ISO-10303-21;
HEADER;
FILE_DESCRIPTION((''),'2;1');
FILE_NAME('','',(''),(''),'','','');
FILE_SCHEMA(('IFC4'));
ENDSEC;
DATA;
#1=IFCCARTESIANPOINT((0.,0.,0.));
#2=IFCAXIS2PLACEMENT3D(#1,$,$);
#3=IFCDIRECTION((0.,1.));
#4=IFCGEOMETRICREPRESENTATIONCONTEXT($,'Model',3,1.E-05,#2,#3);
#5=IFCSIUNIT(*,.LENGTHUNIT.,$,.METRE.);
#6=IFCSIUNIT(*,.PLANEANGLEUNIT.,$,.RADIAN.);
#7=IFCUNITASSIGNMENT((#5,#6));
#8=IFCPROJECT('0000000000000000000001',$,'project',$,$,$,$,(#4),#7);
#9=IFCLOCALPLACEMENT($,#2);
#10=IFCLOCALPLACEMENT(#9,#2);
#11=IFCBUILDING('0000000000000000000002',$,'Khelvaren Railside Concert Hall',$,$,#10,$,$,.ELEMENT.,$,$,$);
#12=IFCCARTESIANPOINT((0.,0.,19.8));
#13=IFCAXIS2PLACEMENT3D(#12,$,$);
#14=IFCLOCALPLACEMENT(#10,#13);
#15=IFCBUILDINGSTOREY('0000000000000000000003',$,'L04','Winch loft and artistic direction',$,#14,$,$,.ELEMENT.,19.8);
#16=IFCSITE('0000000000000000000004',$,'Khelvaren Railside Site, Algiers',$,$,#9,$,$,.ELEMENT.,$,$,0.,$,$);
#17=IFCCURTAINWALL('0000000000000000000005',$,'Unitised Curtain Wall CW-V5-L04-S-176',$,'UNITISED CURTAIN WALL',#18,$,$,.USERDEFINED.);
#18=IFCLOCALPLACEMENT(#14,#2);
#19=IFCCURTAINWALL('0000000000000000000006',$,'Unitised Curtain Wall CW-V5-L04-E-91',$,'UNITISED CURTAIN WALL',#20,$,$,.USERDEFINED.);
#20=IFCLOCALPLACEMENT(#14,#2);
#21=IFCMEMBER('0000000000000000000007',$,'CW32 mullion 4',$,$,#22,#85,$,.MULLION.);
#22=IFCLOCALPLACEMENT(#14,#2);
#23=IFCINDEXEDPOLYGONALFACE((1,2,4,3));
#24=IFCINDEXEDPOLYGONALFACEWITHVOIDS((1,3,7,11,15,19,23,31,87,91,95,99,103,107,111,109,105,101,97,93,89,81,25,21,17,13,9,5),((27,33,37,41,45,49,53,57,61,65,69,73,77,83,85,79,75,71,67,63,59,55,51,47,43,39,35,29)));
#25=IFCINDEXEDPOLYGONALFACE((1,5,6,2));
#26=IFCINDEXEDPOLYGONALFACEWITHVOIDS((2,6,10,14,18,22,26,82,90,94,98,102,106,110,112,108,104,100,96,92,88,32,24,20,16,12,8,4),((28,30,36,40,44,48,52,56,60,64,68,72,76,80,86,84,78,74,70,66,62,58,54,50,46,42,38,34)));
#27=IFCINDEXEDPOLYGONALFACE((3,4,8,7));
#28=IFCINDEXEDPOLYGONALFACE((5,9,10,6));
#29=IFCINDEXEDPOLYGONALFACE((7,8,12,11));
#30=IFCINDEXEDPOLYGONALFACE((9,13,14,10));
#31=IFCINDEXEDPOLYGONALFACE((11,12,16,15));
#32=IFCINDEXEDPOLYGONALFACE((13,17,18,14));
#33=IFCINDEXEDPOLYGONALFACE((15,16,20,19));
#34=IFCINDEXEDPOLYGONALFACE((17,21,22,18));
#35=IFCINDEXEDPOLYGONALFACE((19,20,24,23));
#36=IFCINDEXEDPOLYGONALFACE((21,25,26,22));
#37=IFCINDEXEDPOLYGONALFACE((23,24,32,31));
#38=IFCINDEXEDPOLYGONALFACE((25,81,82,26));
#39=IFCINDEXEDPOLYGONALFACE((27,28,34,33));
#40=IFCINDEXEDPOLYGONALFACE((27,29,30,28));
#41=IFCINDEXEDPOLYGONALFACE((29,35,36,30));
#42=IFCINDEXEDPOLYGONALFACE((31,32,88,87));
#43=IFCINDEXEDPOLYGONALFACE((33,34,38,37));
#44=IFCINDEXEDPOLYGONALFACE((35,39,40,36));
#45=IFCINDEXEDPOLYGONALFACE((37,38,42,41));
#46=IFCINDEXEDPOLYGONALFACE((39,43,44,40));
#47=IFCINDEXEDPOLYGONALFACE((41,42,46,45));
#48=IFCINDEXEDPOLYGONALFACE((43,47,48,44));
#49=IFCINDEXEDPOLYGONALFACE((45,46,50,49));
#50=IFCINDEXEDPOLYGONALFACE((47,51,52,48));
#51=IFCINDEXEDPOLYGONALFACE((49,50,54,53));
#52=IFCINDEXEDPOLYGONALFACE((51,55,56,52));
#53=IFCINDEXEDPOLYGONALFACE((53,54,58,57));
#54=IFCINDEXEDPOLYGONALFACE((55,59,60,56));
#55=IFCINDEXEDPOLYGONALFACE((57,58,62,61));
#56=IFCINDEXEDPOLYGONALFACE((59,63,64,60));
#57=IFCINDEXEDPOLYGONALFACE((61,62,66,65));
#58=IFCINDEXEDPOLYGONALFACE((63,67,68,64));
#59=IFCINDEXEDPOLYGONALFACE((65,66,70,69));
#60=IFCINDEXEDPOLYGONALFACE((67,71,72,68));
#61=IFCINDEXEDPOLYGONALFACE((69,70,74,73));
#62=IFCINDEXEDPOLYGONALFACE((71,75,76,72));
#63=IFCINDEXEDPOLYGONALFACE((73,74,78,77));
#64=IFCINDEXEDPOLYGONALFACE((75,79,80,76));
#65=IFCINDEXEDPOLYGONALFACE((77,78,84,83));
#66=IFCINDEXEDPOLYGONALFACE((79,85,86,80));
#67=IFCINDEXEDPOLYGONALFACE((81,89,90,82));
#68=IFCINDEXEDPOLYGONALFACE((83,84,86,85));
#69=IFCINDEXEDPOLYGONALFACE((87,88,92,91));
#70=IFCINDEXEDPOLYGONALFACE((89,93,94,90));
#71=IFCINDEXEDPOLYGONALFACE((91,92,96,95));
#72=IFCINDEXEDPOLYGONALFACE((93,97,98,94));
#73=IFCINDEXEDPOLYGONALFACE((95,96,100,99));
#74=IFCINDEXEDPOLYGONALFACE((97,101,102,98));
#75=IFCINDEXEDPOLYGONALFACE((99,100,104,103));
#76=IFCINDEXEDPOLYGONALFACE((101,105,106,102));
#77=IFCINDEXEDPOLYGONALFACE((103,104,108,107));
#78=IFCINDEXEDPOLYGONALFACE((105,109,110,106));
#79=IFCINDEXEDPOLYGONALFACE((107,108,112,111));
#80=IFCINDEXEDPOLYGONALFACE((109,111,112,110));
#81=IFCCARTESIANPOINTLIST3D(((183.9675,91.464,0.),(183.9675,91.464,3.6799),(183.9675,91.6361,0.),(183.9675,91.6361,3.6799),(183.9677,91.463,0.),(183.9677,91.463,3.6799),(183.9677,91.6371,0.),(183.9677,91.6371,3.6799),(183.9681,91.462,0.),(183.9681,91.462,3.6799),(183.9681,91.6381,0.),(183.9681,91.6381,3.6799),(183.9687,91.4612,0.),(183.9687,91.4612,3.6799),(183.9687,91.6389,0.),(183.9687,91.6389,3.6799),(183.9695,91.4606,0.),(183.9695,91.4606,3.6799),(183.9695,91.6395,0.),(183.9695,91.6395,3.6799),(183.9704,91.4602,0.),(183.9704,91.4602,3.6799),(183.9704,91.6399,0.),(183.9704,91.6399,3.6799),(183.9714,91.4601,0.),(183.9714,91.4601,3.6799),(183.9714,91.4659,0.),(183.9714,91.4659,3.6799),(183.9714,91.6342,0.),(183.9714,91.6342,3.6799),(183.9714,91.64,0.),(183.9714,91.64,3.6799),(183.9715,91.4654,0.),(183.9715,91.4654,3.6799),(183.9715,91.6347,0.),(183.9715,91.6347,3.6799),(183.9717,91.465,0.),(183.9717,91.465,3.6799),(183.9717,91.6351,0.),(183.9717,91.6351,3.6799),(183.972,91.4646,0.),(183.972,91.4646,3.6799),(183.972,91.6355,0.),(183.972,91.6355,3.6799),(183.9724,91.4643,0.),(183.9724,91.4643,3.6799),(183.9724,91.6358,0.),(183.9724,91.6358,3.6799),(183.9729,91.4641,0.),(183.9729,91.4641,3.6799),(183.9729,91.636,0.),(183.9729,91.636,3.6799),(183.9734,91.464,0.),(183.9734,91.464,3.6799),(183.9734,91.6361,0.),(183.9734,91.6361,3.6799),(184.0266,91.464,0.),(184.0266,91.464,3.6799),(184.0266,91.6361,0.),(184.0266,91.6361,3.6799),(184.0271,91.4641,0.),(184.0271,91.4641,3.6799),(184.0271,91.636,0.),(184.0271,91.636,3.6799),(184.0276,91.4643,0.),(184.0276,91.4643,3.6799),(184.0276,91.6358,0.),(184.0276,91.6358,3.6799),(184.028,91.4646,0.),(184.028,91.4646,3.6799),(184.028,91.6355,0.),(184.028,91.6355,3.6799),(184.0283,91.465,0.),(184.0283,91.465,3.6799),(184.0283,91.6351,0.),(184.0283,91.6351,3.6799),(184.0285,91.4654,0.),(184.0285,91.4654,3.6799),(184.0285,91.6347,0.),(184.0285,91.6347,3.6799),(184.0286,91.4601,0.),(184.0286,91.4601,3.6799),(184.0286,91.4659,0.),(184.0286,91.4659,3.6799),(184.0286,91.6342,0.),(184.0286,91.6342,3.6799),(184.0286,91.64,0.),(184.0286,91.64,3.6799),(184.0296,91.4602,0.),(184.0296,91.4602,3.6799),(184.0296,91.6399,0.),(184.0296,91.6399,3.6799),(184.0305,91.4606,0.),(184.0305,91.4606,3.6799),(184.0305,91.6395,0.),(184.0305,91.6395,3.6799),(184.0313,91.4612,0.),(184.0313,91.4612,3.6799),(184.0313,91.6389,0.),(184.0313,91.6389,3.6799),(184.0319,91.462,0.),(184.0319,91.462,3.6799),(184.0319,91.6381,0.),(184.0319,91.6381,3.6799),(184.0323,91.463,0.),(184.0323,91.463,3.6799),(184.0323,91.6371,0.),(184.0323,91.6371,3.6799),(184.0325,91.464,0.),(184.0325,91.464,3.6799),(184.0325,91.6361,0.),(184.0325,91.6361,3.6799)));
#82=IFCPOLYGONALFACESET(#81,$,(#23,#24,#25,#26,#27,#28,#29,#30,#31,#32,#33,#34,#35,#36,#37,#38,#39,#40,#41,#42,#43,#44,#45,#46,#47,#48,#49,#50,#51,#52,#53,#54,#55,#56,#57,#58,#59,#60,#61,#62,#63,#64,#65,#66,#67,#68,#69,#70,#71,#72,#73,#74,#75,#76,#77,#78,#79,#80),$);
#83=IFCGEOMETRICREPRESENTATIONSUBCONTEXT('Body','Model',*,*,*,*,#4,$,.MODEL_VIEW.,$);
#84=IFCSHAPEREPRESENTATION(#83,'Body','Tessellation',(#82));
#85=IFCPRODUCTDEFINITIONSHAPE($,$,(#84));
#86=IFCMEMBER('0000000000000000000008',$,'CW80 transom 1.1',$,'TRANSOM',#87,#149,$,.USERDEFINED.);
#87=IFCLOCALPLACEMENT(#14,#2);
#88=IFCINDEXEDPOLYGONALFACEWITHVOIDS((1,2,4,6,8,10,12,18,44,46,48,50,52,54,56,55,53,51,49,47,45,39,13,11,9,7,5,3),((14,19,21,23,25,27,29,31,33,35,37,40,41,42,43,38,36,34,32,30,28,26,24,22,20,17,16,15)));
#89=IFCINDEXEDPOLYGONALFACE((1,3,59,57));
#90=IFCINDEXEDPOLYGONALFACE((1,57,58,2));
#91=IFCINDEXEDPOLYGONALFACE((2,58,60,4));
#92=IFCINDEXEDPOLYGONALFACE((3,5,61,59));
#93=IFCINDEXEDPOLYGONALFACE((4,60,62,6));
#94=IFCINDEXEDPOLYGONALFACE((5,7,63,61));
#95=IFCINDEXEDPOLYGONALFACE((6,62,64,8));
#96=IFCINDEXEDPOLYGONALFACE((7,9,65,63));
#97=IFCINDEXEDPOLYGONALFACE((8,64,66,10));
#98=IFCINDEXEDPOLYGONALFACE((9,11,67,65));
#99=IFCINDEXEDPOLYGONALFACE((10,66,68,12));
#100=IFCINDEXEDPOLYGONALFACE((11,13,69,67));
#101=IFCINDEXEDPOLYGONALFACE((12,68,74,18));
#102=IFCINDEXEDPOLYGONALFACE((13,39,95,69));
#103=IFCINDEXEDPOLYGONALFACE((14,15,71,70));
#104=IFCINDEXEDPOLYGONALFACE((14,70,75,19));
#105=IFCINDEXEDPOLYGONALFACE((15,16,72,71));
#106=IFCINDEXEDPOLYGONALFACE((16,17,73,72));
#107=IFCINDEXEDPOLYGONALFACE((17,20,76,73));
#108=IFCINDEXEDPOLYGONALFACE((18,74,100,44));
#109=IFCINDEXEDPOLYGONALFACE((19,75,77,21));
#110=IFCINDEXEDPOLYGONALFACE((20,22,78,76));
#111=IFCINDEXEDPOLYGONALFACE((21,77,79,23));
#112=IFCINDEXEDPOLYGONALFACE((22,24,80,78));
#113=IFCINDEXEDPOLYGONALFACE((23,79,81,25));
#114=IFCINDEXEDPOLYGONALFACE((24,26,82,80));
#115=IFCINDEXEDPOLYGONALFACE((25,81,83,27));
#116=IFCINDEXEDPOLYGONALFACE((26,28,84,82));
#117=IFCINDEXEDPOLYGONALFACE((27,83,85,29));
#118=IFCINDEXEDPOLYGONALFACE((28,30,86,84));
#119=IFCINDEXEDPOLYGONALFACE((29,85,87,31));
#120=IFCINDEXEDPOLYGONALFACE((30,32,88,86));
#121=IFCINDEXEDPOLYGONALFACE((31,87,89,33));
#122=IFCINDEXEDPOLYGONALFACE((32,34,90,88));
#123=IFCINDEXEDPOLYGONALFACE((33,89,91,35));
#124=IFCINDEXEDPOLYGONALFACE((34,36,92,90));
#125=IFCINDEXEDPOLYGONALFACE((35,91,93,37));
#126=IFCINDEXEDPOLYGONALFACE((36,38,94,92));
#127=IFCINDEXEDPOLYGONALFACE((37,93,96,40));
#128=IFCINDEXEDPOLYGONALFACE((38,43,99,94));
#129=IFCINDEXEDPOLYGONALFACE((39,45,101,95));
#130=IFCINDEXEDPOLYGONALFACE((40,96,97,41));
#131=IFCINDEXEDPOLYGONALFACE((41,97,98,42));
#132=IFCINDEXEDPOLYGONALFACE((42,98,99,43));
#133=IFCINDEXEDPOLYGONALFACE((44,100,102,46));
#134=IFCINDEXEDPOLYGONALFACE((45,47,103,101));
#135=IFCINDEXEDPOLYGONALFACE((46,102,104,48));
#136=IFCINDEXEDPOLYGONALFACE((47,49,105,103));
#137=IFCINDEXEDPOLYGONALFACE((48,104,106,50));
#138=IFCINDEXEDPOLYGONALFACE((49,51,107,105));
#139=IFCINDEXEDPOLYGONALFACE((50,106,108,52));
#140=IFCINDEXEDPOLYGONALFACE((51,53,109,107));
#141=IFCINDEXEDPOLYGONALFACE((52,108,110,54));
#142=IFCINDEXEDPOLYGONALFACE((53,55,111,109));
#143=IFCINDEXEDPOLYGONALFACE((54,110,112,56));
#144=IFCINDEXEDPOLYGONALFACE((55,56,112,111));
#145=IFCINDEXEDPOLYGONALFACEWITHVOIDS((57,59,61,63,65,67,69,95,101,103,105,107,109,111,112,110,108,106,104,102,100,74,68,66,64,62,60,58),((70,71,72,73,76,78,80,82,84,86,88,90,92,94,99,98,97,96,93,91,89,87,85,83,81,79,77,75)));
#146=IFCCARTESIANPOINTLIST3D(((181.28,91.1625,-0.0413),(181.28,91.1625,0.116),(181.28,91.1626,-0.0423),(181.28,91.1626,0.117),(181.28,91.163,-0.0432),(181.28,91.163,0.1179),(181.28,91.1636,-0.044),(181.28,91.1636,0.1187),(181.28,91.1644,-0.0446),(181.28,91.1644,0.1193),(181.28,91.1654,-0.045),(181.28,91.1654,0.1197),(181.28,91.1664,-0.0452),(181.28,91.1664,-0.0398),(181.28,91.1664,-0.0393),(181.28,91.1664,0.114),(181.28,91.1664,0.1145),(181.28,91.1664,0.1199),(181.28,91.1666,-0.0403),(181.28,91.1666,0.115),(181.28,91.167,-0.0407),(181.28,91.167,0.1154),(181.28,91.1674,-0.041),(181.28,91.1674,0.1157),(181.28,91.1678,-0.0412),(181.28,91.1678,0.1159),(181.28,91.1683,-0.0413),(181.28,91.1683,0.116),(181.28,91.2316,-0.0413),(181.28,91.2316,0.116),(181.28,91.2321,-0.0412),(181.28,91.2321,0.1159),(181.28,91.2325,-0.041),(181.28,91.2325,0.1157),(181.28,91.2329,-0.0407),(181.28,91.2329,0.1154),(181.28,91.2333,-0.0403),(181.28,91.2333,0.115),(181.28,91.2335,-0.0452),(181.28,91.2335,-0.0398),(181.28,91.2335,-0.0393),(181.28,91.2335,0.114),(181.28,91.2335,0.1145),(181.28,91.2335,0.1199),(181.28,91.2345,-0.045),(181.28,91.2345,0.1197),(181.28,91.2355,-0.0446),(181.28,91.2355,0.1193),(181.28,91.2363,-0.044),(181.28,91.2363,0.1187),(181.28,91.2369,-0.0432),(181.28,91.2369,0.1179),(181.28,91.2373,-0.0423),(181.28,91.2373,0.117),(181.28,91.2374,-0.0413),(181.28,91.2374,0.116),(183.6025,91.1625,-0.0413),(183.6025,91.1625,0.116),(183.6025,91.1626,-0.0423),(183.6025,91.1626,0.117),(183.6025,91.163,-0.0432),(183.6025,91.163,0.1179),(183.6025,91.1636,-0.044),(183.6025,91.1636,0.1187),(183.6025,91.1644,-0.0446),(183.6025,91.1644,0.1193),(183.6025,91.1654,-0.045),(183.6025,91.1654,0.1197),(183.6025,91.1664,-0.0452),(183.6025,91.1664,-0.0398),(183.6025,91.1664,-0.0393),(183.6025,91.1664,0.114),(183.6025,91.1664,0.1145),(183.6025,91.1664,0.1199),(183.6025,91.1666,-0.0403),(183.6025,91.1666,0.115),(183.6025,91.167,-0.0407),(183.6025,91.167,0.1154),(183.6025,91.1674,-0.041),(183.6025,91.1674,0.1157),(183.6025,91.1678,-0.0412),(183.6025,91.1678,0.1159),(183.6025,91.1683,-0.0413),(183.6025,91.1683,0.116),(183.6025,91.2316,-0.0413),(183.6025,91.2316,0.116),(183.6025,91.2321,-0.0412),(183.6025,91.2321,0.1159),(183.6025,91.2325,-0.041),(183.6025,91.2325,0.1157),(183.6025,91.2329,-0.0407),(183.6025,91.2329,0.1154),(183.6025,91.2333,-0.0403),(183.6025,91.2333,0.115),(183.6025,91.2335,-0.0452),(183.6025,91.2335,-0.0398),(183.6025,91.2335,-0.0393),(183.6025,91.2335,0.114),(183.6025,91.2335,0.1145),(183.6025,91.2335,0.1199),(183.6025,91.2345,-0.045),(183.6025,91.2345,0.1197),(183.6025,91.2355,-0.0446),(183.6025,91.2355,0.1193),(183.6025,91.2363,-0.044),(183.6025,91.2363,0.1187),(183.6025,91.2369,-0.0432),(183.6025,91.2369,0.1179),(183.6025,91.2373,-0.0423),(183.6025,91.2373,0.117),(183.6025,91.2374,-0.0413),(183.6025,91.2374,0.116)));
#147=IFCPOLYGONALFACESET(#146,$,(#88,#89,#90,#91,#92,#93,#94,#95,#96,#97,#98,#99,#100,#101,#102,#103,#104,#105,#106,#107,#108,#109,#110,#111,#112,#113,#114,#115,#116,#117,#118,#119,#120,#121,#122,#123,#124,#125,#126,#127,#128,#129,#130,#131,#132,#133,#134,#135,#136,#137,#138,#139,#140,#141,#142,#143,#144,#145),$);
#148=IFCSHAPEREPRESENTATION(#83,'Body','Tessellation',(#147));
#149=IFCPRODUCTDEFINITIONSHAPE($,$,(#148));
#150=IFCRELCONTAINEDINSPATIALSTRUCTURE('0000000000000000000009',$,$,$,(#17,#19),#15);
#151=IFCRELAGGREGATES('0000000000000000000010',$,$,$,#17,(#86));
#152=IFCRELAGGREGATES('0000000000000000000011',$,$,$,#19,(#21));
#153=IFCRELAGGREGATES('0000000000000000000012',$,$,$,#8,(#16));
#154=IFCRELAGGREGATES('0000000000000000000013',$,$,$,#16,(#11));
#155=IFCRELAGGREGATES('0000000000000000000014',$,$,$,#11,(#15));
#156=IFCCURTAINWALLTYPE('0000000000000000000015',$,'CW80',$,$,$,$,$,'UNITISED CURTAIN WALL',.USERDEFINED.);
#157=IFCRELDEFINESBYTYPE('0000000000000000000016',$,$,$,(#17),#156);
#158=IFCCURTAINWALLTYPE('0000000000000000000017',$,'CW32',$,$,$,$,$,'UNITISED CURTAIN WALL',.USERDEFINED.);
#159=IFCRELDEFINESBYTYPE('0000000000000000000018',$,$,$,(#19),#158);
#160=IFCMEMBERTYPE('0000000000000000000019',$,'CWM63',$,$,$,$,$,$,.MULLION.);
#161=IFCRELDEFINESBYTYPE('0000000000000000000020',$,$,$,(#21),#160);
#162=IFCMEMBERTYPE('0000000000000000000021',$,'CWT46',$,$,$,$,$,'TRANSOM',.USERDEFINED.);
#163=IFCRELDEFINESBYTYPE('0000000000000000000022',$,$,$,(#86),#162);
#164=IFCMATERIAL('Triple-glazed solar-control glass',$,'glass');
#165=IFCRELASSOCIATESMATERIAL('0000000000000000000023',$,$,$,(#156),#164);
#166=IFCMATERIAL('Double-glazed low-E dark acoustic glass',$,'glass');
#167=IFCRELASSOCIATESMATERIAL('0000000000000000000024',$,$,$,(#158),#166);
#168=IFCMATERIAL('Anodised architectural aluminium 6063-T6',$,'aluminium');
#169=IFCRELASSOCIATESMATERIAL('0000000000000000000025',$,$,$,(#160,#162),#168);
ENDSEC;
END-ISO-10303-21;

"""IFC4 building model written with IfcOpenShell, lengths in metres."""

from ifc_helpers import new_model, si_unit, direction, frame, origin, origin_2d, place, context, subcontext, project, spatial, hollow_rectangle, extrude, material, material_profile, profile_set, type_object, element, aggregate, save


model = new_model("IFC4")

# Units and contexts
model_context = context("Model", 3, precision=1e-05, world=origin(), true_north=direction((0.0, 1.0)))
body_context = subcontext(model_context, "Body", "Model", "MODEL_VIEW")
ifc_project = project(units=[si_unit("LENGTHUNIT", "METRE"), si_unit("PLANEANGLEUNIT", "RADIAN")], contexts=[model_context])

# Site, building, storey
site_placement = place(None, origin())
site = spatial("IfcSite", under=ifc_project, at=site_placement, Name="Khelvaren Railside Site, Algiers", CompositionType="ELEMENT", RefElevation=0.0)
building_placement = place(site_placement, origin())
building = spatial("IfcBuilding", under=site, at=building_placement, Name="Khelvaren Railside Concert Hall", CompositionType="ELEMENT")
storey_placement = place(building_placement, frame((0.0, 0.0, 19.8)))
storey = spatial("IfcBuildingStorey", under=building, at=storey_placement, Name="L04", Description="Winch loft and artistic direction", CompositionType="ELEMENT", Elevation=19.8)

# Curtain walls, member
ifc_material_1 = material(Name="Triple-glazed solar-control glass", Category="glass")
curtain_wall_type_1 = type_object("IfcCurtainWallType", Name="CW80", ElementType="UNITISED CURTAIN WALL", PredefinedType="USERDEFINED", material=ifc_material_1)
curtain_wall_1_placement = place(storey_placement, origin())
curtain_wall_1 = element("IfcCurtainWall", 1, at=curtain_wall_1_placement, inside=storey, type_object=curtain_wall_type_1, Name="Unitised Curtain Wall CW-V5-L04-S-176", ObjectType="UNITISED CURTAIN WALL", PredefinedType="USERDEFINED")
ifc_material_2 = material(Name="Anodised architectural aluminium 6063-T6", Category="aluminium")
ifc_material_3 = material(Name="Double-glazed low-E dark acoustic glass", Category="glass")
curtain_wall_type_2 = type_object("IfcCurtainWallType", Name="CW32", ElementType="UNITISED CURTAIN WALL", PredefinedType="USERDEFINED", material=ifc_material_3)
curtain_wall_2_placement = place(storey_placement, origin())
curtain_wall_2 = element("IfcCurtainWall", 2, at=curtain_wall_2_placement, inside=storey, type_object=curtain_wall_type_2, Name="Unitised Curtain Wall CW-V5-L04-E-91", ObjectType="UNITISED CURTAIN WALL", PredefinedType="USERDEFINED")
ifc_material_profile_1 = material_profile(ifc_material_2, hollow_rectangle(XDim=0.0649, YDim=0.1799, WallThickness=0.0039, InnerFilletRadius=0.002, OuterFilletRadius=0.0039, at=origin_2d()), Name="CWM 65x180x4")
ifc_profile_set_1 = profile_set([ifc_material_profile_1], Name="Anodised architectural aluminium 6063-T6")
member_type_1 = type_object("IfcMemberType", Name="CWM63", PredefinedType="MULLION", material=ifc_profile_set_1)
member_1_placement = place(storey_placement, frame((184.0, 91.55, 0.0), z_axis=(0.0, 0.0, 1.0), x_axis=(1.0, 0.0, 0.0)))
member_1 = element("IfcMember", 3, at=member_1_placement, type_object=member_type_1, Name="CW32 mullion 4", PredefinedType="MULLION", context=body_context, shape_type="SweptSolid", body=[
    extrude(hollow_rectangle(XDim=0.0649, YDim=0.1799, WallThickness=0.0039, InnerFilletRadius=0.002, OuterFilletRadius=0.0039, at=origin_2d()), origin(), (0.0, 0.0, 1.0), 3.6799),
])

# Member
ifc_material_profile_2 = material_profile(ifc_material_2, hollow_rectangle(XDim=0.075, YDim=0.165, WallThickness=0.0039, InnerFilletRadius=0.002, OuterFilletRadius=0.0039, at=origin_2d()), Name="CWT 75x165x4")
ifc_profile_set_2 = profile_set([ifc_material_profile_2], Name="Anodised architectural aluminium 6063-T6")
member_type_2 = type_object("IfcMemberType", Name="CWT46", ElementType="TRANSOM", PredefinedType="USERDEFINED", material=ifc_profile_set_2)
member_2_placement = place(storey_placement, frame((183.6025, 91.2, 0.0374), z_axis=(-1.0, 0.0, 0.0), x_axis=(0.0, -1.0, 0.0)))
member_2 = element("IfcMember", 4, at=member_2_placement, type_object=member_type_2, Name="CW80 transom 1.1", ObjectType="TRANSOM", PredefinedType="USERDEFINED", context=body_context, shape_type="SweptSolid", body=[
    extrude(hollow_rectangle(XDim=0.075, YDim=0.165, WallThickness=0.0039, InnerFilletRadius=0.002, OuterFilletRadius=0.0039, at=origin_2d()), origin(), (0.0, 0.0, 1.0), 2.3225),
])

aggregate(curtain_wall_1, [member_2])
aggregate(curtain_wall_2, [member_1])

save(model, "model.ifc")
